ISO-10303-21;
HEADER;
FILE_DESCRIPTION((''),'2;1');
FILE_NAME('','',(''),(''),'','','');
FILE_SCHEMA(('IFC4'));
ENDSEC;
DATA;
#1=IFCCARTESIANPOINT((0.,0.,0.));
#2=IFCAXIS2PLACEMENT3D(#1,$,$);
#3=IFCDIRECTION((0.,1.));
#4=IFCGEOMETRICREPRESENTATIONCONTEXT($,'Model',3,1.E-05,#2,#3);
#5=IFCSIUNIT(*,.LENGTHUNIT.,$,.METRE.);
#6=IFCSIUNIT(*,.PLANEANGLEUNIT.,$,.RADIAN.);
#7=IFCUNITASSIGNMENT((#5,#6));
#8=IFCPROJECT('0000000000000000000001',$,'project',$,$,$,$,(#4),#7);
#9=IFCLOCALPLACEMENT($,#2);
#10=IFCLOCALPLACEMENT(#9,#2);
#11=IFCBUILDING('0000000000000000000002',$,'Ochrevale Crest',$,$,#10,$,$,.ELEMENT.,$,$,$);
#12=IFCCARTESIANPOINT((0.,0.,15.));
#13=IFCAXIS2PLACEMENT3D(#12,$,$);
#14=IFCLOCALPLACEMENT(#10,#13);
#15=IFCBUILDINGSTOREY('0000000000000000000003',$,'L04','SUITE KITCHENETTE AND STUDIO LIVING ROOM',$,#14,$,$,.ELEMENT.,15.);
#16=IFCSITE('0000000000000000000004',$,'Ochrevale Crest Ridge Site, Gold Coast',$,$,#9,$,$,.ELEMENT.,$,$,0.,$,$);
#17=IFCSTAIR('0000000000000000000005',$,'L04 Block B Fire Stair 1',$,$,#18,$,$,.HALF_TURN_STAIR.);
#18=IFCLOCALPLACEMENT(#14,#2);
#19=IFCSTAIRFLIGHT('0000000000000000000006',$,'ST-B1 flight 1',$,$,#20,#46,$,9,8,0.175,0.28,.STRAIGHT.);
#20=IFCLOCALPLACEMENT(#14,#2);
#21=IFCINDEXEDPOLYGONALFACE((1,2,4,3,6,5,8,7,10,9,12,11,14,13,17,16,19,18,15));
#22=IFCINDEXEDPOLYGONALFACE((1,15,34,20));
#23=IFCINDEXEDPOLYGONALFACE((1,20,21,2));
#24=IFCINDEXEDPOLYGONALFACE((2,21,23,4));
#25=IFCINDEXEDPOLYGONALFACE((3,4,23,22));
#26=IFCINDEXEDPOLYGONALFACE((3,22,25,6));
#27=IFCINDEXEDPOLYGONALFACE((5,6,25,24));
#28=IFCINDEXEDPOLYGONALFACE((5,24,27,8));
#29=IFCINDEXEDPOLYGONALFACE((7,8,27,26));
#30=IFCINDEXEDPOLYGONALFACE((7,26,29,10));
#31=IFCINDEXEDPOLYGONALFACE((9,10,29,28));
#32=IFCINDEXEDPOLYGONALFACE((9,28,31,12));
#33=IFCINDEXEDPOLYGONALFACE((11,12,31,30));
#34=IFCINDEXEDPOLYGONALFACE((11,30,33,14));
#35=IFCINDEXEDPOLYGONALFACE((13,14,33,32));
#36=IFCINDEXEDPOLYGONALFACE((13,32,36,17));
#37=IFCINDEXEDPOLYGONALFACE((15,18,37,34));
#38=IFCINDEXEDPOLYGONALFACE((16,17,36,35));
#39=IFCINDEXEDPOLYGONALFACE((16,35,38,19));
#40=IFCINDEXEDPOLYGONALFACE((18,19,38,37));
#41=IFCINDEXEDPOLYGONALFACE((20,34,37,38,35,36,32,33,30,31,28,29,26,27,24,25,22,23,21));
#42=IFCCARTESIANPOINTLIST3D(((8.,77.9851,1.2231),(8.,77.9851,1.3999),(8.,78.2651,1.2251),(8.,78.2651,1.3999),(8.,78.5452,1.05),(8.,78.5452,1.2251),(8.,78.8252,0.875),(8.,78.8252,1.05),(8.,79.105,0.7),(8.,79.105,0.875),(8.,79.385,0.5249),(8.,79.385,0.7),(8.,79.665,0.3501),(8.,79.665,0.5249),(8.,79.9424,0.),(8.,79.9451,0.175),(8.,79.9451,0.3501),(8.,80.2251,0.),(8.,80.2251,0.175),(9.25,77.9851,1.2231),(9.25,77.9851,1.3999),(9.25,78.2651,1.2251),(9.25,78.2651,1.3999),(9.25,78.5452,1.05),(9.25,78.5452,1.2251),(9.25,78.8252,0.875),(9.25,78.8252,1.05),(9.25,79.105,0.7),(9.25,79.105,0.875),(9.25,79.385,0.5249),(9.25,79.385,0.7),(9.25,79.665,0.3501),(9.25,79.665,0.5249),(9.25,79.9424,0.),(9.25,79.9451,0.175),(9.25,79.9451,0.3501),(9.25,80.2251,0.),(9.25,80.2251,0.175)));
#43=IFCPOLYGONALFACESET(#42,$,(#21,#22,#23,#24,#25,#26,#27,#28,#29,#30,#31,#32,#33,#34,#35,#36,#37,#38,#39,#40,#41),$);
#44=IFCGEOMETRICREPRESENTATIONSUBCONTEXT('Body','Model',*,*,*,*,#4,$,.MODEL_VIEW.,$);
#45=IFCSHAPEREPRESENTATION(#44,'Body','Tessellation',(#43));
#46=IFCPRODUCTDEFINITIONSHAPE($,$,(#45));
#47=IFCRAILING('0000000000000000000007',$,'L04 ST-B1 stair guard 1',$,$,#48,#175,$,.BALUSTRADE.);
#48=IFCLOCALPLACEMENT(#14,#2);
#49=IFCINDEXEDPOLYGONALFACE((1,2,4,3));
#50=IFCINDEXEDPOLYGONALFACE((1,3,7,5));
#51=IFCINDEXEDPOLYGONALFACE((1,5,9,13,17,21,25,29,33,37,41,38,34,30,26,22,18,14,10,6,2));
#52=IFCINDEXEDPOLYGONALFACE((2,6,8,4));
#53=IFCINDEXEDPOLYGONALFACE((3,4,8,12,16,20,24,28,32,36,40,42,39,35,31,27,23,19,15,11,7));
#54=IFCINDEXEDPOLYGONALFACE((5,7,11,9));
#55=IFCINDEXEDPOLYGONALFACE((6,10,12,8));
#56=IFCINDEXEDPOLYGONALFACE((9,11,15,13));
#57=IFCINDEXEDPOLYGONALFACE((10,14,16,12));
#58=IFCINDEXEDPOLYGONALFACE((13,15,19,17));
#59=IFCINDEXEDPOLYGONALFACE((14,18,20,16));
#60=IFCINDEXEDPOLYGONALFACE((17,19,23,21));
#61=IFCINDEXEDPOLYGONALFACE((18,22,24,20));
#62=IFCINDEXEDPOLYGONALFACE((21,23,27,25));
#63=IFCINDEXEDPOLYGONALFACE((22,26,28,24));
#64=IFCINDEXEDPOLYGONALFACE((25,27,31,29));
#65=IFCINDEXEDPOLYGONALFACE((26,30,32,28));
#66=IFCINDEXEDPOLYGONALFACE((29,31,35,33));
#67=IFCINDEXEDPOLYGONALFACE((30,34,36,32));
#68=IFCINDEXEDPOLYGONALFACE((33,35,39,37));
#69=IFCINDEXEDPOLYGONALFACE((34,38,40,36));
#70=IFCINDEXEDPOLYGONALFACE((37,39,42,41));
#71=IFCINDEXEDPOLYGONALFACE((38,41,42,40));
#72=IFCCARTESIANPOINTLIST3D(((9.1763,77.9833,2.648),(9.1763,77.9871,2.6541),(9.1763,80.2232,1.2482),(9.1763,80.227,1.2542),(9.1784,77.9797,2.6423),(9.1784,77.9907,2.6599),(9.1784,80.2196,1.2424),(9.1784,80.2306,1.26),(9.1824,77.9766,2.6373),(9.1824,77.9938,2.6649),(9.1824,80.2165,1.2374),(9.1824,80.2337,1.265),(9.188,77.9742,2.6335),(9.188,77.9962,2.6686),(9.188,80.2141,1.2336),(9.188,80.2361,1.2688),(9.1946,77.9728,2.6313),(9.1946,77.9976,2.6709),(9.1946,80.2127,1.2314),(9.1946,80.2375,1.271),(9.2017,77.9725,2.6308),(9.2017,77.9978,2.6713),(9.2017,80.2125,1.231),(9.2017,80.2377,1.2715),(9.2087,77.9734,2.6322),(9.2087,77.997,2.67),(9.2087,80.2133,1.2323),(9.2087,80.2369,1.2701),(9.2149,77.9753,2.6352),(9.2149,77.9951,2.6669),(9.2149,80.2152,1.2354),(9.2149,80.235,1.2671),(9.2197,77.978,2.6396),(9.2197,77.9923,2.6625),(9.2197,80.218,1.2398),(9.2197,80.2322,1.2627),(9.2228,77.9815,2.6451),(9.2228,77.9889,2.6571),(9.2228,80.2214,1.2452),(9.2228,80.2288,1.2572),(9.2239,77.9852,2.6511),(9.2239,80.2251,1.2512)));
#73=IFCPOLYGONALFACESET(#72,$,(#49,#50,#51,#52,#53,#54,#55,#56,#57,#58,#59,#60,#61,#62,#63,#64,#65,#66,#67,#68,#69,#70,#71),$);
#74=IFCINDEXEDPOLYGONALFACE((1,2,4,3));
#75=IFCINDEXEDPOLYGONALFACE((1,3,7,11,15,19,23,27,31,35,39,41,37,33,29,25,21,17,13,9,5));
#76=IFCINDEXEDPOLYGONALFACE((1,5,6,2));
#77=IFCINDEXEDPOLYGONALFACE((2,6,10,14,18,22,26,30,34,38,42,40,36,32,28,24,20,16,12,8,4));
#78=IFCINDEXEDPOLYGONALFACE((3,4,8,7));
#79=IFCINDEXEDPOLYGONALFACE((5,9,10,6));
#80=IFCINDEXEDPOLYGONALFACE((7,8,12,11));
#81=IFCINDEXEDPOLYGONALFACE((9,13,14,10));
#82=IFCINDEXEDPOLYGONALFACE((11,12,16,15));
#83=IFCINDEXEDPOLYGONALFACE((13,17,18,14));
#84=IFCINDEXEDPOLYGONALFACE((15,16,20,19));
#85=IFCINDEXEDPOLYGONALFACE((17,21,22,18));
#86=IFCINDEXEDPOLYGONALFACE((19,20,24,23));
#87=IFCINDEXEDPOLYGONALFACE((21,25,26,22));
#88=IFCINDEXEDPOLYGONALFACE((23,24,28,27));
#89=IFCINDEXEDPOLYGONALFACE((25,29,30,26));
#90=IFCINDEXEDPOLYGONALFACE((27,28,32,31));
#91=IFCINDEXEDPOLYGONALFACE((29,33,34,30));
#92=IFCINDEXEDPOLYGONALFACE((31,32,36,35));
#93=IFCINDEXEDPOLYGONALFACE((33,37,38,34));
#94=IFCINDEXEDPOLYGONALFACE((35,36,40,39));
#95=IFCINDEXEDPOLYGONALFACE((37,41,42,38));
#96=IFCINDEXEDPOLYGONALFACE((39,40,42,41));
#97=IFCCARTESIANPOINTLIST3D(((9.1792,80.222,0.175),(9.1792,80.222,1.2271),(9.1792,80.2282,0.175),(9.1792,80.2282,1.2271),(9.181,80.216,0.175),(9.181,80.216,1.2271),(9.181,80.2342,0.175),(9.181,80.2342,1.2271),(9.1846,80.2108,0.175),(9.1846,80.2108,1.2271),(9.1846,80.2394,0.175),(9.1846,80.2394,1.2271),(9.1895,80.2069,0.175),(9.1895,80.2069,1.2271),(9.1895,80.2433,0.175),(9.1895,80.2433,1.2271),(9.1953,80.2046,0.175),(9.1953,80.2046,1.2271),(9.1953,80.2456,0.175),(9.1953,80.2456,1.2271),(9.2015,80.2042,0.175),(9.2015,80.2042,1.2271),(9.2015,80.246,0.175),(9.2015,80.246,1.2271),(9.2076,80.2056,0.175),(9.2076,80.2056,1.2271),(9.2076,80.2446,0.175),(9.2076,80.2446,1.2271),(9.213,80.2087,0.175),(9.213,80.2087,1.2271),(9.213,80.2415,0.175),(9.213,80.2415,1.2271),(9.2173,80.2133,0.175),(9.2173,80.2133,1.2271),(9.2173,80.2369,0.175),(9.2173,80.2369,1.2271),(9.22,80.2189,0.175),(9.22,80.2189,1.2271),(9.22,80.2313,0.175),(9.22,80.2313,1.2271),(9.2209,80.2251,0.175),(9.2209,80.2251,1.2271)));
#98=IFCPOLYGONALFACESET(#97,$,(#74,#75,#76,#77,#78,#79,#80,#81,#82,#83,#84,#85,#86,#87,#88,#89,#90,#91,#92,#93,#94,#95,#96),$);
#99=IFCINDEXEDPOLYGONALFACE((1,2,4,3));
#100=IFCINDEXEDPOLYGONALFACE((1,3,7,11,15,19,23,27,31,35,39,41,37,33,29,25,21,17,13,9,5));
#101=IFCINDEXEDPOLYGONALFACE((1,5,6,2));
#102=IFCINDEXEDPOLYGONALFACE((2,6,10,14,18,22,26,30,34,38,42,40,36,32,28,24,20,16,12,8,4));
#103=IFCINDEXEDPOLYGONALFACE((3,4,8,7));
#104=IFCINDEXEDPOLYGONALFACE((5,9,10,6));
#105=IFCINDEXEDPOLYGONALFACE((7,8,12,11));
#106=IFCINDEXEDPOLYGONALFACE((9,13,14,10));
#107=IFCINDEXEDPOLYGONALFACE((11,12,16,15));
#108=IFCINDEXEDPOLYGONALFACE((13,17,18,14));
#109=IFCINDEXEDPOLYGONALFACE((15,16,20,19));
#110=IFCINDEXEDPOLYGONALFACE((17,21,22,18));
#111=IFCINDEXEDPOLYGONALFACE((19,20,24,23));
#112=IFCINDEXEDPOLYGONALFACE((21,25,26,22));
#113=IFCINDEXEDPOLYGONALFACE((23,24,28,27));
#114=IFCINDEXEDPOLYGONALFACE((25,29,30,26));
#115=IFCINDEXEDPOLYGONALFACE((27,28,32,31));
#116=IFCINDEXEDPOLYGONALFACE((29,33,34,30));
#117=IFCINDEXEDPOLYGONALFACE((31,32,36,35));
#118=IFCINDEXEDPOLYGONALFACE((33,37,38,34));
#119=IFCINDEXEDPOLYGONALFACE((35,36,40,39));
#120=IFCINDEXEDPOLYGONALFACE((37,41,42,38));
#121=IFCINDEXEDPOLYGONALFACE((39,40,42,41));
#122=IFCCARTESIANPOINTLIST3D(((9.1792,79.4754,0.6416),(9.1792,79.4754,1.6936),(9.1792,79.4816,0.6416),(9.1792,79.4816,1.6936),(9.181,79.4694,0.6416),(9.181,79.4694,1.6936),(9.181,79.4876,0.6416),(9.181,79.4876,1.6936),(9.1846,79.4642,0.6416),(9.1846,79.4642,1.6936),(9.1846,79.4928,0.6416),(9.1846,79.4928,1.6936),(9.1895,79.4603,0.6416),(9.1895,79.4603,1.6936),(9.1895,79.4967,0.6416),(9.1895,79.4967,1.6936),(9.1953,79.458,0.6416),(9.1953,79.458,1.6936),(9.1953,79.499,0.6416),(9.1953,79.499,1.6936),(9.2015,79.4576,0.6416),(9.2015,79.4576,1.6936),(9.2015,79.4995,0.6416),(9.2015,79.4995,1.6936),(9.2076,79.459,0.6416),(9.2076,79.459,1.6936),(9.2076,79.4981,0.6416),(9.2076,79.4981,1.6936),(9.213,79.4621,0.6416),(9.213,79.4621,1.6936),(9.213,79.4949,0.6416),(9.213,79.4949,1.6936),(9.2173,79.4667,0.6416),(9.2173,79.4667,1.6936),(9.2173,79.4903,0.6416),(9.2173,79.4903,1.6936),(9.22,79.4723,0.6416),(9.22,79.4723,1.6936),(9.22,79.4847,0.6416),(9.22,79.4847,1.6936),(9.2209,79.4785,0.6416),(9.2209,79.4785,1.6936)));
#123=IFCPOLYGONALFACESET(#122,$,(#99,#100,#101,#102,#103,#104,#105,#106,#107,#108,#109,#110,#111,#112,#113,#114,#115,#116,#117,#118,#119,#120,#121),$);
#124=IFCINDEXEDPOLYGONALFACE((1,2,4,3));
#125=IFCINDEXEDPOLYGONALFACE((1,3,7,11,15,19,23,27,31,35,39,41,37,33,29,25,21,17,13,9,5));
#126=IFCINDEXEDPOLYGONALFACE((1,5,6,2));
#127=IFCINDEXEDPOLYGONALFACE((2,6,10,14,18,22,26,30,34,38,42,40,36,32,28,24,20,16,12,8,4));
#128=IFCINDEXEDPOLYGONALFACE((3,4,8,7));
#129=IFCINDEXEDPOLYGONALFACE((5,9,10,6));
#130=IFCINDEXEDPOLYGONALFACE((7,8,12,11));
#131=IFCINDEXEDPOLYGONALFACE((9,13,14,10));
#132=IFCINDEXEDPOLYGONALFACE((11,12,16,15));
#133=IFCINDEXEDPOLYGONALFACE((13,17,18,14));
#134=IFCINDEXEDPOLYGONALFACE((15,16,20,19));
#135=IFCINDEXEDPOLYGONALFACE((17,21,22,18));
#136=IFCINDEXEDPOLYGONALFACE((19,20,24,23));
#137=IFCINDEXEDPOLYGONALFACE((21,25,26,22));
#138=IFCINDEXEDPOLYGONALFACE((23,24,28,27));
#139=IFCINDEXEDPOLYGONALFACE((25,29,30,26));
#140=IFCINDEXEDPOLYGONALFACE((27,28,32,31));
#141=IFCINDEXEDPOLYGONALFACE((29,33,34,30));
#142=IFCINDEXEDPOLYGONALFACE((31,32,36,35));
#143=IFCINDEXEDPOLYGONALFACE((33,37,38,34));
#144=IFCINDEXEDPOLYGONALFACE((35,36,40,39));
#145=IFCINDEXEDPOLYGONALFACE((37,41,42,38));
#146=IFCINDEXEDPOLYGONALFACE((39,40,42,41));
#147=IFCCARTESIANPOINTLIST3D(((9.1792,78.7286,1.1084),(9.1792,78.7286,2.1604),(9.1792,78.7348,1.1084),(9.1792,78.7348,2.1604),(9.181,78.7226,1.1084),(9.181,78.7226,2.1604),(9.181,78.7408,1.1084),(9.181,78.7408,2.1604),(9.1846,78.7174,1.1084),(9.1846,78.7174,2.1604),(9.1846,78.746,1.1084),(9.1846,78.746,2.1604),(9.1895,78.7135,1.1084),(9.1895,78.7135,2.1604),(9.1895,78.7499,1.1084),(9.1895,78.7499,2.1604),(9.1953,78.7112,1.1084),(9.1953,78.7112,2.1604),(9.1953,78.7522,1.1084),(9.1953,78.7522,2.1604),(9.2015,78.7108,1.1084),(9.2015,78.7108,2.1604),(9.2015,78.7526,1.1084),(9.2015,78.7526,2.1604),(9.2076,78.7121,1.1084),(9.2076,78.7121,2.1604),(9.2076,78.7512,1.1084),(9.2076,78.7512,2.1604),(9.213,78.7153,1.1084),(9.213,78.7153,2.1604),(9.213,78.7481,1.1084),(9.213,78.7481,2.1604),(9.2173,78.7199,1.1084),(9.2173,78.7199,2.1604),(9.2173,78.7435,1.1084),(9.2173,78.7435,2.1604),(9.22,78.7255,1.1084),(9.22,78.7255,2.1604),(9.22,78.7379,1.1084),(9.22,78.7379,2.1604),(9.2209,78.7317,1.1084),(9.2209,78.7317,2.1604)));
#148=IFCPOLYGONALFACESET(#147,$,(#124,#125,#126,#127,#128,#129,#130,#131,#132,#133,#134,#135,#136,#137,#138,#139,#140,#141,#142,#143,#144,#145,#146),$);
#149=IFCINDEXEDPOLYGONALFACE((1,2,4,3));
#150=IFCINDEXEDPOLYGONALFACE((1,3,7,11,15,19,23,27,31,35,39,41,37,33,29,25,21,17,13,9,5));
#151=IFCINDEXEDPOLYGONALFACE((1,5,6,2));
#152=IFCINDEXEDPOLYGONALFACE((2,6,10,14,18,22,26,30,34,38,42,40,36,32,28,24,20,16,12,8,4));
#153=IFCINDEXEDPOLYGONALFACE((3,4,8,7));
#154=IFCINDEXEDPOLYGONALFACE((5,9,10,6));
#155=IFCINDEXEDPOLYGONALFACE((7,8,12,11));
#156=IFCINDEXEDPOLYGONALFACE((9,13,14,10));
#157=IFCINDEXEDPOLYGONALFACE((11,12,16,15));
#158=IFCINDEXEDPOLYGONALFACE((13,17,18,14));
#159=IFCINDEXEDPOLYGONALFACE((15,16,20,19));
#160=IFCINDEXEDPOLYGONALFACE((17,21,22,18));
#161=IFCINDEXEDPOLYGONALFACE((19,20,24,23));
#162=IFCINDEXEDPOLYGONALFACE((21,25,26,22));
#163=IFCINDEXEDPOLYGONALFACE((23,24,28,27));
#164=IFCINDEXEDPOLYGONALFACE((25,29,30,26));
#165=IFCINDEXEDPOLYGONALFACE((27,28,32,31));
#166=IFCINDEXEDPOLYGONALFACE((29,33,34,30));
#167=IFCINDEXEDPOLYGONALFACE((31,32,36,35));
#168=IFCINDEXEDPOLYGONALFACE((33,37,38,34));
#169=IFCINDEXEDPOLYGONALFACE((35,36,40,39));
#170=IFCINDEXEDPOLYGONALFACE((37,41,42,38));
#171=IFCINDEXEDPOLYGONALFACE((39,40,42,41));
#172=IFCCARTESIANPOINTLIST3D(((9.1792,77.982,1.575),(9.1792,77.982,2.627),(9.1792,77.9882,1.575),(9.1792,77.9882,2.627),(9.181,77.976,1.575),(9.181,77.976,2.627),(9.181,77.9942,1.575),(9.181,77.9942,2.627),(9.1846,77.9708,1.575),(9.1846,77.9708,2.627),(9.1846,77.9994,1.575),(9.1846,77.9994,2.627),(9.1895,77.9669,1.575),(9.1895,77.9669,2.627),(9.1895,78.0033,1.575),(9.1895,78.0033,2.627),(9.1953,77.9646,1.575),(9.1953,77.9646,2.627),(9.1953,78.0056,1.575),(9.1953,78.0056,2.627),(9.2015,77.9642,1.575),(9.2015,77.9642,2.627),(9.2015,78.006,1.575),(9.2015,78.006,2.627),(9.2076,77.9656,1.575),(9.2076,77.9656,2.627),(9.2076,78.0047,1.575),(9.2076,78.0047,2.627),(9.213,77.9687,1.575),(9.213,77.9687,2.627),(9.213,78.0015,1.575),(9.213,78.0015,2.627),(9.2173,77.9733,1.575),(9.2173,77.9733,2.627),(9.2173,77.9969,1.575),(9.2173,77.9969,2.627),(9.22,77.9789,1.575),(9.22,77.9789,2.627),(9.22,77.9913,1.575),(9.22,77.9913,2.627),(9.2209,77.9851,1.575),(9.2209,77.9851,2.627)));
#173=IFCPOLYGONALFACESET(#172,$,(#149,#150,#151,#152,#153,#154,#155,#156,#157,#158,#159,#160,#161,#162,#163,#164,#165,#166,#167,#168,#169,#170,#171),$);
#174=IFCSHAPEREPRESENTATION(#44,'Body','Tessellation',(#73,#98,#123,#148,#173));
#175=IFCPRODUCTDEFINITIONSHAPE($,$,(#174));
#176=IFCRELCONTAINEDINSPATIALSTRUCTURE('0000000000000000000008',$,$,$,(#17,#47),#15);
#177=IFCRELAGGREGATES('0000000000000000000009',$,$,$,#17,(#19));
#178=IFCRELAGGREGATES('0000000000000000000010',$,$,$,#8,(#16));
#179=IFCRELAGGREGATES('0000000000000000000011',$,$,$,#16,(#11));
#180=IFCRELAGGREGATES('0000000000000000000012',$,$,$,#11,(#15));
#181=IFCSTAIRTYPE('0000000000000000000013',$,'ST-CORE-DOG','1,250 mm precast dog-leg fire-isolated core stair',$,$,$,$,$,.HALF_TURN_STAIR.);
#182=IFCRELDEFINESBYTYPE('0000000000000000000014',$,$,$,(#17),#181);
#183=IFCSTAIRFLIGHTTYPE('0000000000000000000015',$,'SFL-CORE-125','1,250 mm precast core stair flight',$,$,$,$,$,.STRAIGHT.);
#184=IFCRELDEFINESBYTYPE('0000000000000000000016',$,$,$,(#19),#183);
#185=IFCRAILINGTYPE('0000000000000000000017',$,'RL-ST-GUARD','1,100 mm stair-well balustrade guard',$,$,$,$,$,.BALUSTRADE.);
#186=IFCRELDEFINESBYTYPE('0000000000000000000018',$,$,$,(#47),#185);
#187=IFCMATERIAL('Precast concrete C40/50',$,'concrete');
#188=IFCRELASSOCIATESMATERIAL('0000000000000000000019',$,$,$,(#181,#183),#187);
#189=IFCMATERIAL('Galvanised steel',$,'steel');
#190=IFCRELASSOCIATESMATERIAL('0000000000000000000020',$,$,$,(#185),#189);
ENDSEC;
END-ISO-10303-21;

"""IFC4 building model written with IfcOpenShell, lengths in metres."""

from ifc_helpers import new_model, si_unit, direction, frame, origin, origin_2d, place, context, subcontext, project, spatial, polyline, circle, outline, extrude, material, type_object, element, aggregate, save


model = new_model("IFC4")

# Units and contexts
model_context = context("Model", 3, precision=1e-05, world=origin(), true_north=direction((0.0, 1.0)))
body_context = subcontext(model_context, "Body", "Model", "MODEL_VIEW")
ifc_project = project(units=[si_unit("LENGTHUNIT", "METRE"), si_unit("PLANEANGLEUNIT", "RADIAN")], contexts=[model_context])

# Site, building, storey
site_placement = place(None, origin())
site = spatial("IfcSite", under=ifc_project, at=site_placement, Name="Ochrevale Crest Ridge Site, Gold Coast", CompositionType="ELEMENT", RefElevation=0.0)
building_placement = place(site_placement, origin())
building = spatial("IfcBuilding", under=site, at=building_placement, Name="Ochrevale Crest", CompositionType="ELEMENT")
storey_placement = place(building_placement, frame((0.0, 0.0, 15.0)))
storey = spatial("IfcBuildingStorey", under=building, at=storey_placement, Name="L04", Description="SUITE KITCHENETTE AND STUDIO LIVING ROOM", CompositionType="ELEMENT", Elevation=15.0)

# Stair, stair flight
ifc_material_1 = material(Name="Precast concrete C40/50", Category="concrete")
stair_type = type_object("IfcStairType", Name="ST-CORE-DOG", Description="1,250 mm precast dog-leg fire-isolated core stair", PredefinedType="HALF_TURN_STAIR", material=ifc_material_1)
stair_placement = place(storey_placement, origin())
stair = element("IfcStair", 1, at=stair_placement, inside=storey, type_object=stair_type, Name="L04 Block B Fire Stair 1", PredefinedType="HALF_TURN_STAIR")
stair_flight_type = type_object("IfcStairFlightType", Name="SFL-CORE-125", Description="1,250 mm precast core stair flight", PredefinedType="STRAIGHT", material=ifc_material_1)
stair_flight_placement = place(storey_placement, frame((8.625, 80.2251, 0.0), z_axis=(0.0, 0.0, 1.0), x_axis=(0.0, -1.0, 0.0)))
stair_flight = element("IfcStairFlight", 2, at=stair_flight_placement, type_object=stair_flight_type, Name="ST-B1 flight 1", NumberOfRisers=9, NumberOfTreads=8, PredefinedType="STRAIGHT", RiserHeight=0.175, TreadLength=0.28, context=body_context, shape_type="SweptSolid", body=[
    extrude(outline(polyline([(0.0, 0.0), (0.0, 0.175), (0.28, 0.175), (0.28, 0.3501), (0.5601, 0.3501), (0.5601, 0.5249), (0.8401, 0.5249), (0.8401, 0.7), (1.1201, 0.7), (1.1201, 0.875), (1.3999, 0.875), (1.3999, 1.05), (1.6799, 1.05), (1.6799, 1.2251), (1.96, 1.2251), (1.96, 1.3999), (2.24, 1.3999), (2.24, 1.575), (2.24, 1.2231), (0.2827, 0.0), (0.0, 0.0)])), frame((0.0, 0.625, 0.0), z_axis=(0.0, -1.0, 0.0), x_axis=(1.0, 0.0, 0.0)), (0.0, 0.0, 1.0), 1.25),
])
aggregate(stair, [stair_flight])

# Railing
ifc_material_2 = material(Name="Galvanised steel", Category="steel")
railing_type_1 = type_object("IfcRailingType", Name="RL-ST-GUARD", Description="1,100 mm stair-well balustrade guard", PredefinedType="BALUSTRADE", material=ifc_material_2)
railing_1_placement = place(storey_placement, frame((9.2, 80.2251, 0.175)))
element("IfcRailing", 3, at=railing_1_placement, inside=storey, type_object=railing_type_1, Name="L04 ST-B1 stair guard 1", PredefinedType="BALUSTRADE", context=body_context, shape_type="SweptSolid", body=[
    extrude(circle(Radius=0.0239, at=origin_2d()), frame((0.0, 0.0, 1.0762), z_axis=(0.0, -0.848014, 0.529974), x_axis=(1.0, 0.0, 0.0)), (0.0, 0.0, 1.0), 2.6414),
    extrude(circle(Radius=0.021, at=origin_2d()), origin(), (0.0, 0.0, 1.0), 1.052),
    extrude(circle(Radius=0.021, at=origin_2d()), frame((0.0, -0.7466, 0.4666)), (0.0, 0.0, 1.0), 1.052),
    extrude(circle(Radius=0.021, at=origin_2d()), frame((0.0, -1.4934, 0.9333)), (0.0, 0.0, 1.0), 1.052),
    extrude(circle(Radius=0.021, at=origin_2d()), frame((0.0, -2.24, 1.3999)), (0.0, 0.0, 1.0), 1.052),
])

save(model, "model.ifc")
